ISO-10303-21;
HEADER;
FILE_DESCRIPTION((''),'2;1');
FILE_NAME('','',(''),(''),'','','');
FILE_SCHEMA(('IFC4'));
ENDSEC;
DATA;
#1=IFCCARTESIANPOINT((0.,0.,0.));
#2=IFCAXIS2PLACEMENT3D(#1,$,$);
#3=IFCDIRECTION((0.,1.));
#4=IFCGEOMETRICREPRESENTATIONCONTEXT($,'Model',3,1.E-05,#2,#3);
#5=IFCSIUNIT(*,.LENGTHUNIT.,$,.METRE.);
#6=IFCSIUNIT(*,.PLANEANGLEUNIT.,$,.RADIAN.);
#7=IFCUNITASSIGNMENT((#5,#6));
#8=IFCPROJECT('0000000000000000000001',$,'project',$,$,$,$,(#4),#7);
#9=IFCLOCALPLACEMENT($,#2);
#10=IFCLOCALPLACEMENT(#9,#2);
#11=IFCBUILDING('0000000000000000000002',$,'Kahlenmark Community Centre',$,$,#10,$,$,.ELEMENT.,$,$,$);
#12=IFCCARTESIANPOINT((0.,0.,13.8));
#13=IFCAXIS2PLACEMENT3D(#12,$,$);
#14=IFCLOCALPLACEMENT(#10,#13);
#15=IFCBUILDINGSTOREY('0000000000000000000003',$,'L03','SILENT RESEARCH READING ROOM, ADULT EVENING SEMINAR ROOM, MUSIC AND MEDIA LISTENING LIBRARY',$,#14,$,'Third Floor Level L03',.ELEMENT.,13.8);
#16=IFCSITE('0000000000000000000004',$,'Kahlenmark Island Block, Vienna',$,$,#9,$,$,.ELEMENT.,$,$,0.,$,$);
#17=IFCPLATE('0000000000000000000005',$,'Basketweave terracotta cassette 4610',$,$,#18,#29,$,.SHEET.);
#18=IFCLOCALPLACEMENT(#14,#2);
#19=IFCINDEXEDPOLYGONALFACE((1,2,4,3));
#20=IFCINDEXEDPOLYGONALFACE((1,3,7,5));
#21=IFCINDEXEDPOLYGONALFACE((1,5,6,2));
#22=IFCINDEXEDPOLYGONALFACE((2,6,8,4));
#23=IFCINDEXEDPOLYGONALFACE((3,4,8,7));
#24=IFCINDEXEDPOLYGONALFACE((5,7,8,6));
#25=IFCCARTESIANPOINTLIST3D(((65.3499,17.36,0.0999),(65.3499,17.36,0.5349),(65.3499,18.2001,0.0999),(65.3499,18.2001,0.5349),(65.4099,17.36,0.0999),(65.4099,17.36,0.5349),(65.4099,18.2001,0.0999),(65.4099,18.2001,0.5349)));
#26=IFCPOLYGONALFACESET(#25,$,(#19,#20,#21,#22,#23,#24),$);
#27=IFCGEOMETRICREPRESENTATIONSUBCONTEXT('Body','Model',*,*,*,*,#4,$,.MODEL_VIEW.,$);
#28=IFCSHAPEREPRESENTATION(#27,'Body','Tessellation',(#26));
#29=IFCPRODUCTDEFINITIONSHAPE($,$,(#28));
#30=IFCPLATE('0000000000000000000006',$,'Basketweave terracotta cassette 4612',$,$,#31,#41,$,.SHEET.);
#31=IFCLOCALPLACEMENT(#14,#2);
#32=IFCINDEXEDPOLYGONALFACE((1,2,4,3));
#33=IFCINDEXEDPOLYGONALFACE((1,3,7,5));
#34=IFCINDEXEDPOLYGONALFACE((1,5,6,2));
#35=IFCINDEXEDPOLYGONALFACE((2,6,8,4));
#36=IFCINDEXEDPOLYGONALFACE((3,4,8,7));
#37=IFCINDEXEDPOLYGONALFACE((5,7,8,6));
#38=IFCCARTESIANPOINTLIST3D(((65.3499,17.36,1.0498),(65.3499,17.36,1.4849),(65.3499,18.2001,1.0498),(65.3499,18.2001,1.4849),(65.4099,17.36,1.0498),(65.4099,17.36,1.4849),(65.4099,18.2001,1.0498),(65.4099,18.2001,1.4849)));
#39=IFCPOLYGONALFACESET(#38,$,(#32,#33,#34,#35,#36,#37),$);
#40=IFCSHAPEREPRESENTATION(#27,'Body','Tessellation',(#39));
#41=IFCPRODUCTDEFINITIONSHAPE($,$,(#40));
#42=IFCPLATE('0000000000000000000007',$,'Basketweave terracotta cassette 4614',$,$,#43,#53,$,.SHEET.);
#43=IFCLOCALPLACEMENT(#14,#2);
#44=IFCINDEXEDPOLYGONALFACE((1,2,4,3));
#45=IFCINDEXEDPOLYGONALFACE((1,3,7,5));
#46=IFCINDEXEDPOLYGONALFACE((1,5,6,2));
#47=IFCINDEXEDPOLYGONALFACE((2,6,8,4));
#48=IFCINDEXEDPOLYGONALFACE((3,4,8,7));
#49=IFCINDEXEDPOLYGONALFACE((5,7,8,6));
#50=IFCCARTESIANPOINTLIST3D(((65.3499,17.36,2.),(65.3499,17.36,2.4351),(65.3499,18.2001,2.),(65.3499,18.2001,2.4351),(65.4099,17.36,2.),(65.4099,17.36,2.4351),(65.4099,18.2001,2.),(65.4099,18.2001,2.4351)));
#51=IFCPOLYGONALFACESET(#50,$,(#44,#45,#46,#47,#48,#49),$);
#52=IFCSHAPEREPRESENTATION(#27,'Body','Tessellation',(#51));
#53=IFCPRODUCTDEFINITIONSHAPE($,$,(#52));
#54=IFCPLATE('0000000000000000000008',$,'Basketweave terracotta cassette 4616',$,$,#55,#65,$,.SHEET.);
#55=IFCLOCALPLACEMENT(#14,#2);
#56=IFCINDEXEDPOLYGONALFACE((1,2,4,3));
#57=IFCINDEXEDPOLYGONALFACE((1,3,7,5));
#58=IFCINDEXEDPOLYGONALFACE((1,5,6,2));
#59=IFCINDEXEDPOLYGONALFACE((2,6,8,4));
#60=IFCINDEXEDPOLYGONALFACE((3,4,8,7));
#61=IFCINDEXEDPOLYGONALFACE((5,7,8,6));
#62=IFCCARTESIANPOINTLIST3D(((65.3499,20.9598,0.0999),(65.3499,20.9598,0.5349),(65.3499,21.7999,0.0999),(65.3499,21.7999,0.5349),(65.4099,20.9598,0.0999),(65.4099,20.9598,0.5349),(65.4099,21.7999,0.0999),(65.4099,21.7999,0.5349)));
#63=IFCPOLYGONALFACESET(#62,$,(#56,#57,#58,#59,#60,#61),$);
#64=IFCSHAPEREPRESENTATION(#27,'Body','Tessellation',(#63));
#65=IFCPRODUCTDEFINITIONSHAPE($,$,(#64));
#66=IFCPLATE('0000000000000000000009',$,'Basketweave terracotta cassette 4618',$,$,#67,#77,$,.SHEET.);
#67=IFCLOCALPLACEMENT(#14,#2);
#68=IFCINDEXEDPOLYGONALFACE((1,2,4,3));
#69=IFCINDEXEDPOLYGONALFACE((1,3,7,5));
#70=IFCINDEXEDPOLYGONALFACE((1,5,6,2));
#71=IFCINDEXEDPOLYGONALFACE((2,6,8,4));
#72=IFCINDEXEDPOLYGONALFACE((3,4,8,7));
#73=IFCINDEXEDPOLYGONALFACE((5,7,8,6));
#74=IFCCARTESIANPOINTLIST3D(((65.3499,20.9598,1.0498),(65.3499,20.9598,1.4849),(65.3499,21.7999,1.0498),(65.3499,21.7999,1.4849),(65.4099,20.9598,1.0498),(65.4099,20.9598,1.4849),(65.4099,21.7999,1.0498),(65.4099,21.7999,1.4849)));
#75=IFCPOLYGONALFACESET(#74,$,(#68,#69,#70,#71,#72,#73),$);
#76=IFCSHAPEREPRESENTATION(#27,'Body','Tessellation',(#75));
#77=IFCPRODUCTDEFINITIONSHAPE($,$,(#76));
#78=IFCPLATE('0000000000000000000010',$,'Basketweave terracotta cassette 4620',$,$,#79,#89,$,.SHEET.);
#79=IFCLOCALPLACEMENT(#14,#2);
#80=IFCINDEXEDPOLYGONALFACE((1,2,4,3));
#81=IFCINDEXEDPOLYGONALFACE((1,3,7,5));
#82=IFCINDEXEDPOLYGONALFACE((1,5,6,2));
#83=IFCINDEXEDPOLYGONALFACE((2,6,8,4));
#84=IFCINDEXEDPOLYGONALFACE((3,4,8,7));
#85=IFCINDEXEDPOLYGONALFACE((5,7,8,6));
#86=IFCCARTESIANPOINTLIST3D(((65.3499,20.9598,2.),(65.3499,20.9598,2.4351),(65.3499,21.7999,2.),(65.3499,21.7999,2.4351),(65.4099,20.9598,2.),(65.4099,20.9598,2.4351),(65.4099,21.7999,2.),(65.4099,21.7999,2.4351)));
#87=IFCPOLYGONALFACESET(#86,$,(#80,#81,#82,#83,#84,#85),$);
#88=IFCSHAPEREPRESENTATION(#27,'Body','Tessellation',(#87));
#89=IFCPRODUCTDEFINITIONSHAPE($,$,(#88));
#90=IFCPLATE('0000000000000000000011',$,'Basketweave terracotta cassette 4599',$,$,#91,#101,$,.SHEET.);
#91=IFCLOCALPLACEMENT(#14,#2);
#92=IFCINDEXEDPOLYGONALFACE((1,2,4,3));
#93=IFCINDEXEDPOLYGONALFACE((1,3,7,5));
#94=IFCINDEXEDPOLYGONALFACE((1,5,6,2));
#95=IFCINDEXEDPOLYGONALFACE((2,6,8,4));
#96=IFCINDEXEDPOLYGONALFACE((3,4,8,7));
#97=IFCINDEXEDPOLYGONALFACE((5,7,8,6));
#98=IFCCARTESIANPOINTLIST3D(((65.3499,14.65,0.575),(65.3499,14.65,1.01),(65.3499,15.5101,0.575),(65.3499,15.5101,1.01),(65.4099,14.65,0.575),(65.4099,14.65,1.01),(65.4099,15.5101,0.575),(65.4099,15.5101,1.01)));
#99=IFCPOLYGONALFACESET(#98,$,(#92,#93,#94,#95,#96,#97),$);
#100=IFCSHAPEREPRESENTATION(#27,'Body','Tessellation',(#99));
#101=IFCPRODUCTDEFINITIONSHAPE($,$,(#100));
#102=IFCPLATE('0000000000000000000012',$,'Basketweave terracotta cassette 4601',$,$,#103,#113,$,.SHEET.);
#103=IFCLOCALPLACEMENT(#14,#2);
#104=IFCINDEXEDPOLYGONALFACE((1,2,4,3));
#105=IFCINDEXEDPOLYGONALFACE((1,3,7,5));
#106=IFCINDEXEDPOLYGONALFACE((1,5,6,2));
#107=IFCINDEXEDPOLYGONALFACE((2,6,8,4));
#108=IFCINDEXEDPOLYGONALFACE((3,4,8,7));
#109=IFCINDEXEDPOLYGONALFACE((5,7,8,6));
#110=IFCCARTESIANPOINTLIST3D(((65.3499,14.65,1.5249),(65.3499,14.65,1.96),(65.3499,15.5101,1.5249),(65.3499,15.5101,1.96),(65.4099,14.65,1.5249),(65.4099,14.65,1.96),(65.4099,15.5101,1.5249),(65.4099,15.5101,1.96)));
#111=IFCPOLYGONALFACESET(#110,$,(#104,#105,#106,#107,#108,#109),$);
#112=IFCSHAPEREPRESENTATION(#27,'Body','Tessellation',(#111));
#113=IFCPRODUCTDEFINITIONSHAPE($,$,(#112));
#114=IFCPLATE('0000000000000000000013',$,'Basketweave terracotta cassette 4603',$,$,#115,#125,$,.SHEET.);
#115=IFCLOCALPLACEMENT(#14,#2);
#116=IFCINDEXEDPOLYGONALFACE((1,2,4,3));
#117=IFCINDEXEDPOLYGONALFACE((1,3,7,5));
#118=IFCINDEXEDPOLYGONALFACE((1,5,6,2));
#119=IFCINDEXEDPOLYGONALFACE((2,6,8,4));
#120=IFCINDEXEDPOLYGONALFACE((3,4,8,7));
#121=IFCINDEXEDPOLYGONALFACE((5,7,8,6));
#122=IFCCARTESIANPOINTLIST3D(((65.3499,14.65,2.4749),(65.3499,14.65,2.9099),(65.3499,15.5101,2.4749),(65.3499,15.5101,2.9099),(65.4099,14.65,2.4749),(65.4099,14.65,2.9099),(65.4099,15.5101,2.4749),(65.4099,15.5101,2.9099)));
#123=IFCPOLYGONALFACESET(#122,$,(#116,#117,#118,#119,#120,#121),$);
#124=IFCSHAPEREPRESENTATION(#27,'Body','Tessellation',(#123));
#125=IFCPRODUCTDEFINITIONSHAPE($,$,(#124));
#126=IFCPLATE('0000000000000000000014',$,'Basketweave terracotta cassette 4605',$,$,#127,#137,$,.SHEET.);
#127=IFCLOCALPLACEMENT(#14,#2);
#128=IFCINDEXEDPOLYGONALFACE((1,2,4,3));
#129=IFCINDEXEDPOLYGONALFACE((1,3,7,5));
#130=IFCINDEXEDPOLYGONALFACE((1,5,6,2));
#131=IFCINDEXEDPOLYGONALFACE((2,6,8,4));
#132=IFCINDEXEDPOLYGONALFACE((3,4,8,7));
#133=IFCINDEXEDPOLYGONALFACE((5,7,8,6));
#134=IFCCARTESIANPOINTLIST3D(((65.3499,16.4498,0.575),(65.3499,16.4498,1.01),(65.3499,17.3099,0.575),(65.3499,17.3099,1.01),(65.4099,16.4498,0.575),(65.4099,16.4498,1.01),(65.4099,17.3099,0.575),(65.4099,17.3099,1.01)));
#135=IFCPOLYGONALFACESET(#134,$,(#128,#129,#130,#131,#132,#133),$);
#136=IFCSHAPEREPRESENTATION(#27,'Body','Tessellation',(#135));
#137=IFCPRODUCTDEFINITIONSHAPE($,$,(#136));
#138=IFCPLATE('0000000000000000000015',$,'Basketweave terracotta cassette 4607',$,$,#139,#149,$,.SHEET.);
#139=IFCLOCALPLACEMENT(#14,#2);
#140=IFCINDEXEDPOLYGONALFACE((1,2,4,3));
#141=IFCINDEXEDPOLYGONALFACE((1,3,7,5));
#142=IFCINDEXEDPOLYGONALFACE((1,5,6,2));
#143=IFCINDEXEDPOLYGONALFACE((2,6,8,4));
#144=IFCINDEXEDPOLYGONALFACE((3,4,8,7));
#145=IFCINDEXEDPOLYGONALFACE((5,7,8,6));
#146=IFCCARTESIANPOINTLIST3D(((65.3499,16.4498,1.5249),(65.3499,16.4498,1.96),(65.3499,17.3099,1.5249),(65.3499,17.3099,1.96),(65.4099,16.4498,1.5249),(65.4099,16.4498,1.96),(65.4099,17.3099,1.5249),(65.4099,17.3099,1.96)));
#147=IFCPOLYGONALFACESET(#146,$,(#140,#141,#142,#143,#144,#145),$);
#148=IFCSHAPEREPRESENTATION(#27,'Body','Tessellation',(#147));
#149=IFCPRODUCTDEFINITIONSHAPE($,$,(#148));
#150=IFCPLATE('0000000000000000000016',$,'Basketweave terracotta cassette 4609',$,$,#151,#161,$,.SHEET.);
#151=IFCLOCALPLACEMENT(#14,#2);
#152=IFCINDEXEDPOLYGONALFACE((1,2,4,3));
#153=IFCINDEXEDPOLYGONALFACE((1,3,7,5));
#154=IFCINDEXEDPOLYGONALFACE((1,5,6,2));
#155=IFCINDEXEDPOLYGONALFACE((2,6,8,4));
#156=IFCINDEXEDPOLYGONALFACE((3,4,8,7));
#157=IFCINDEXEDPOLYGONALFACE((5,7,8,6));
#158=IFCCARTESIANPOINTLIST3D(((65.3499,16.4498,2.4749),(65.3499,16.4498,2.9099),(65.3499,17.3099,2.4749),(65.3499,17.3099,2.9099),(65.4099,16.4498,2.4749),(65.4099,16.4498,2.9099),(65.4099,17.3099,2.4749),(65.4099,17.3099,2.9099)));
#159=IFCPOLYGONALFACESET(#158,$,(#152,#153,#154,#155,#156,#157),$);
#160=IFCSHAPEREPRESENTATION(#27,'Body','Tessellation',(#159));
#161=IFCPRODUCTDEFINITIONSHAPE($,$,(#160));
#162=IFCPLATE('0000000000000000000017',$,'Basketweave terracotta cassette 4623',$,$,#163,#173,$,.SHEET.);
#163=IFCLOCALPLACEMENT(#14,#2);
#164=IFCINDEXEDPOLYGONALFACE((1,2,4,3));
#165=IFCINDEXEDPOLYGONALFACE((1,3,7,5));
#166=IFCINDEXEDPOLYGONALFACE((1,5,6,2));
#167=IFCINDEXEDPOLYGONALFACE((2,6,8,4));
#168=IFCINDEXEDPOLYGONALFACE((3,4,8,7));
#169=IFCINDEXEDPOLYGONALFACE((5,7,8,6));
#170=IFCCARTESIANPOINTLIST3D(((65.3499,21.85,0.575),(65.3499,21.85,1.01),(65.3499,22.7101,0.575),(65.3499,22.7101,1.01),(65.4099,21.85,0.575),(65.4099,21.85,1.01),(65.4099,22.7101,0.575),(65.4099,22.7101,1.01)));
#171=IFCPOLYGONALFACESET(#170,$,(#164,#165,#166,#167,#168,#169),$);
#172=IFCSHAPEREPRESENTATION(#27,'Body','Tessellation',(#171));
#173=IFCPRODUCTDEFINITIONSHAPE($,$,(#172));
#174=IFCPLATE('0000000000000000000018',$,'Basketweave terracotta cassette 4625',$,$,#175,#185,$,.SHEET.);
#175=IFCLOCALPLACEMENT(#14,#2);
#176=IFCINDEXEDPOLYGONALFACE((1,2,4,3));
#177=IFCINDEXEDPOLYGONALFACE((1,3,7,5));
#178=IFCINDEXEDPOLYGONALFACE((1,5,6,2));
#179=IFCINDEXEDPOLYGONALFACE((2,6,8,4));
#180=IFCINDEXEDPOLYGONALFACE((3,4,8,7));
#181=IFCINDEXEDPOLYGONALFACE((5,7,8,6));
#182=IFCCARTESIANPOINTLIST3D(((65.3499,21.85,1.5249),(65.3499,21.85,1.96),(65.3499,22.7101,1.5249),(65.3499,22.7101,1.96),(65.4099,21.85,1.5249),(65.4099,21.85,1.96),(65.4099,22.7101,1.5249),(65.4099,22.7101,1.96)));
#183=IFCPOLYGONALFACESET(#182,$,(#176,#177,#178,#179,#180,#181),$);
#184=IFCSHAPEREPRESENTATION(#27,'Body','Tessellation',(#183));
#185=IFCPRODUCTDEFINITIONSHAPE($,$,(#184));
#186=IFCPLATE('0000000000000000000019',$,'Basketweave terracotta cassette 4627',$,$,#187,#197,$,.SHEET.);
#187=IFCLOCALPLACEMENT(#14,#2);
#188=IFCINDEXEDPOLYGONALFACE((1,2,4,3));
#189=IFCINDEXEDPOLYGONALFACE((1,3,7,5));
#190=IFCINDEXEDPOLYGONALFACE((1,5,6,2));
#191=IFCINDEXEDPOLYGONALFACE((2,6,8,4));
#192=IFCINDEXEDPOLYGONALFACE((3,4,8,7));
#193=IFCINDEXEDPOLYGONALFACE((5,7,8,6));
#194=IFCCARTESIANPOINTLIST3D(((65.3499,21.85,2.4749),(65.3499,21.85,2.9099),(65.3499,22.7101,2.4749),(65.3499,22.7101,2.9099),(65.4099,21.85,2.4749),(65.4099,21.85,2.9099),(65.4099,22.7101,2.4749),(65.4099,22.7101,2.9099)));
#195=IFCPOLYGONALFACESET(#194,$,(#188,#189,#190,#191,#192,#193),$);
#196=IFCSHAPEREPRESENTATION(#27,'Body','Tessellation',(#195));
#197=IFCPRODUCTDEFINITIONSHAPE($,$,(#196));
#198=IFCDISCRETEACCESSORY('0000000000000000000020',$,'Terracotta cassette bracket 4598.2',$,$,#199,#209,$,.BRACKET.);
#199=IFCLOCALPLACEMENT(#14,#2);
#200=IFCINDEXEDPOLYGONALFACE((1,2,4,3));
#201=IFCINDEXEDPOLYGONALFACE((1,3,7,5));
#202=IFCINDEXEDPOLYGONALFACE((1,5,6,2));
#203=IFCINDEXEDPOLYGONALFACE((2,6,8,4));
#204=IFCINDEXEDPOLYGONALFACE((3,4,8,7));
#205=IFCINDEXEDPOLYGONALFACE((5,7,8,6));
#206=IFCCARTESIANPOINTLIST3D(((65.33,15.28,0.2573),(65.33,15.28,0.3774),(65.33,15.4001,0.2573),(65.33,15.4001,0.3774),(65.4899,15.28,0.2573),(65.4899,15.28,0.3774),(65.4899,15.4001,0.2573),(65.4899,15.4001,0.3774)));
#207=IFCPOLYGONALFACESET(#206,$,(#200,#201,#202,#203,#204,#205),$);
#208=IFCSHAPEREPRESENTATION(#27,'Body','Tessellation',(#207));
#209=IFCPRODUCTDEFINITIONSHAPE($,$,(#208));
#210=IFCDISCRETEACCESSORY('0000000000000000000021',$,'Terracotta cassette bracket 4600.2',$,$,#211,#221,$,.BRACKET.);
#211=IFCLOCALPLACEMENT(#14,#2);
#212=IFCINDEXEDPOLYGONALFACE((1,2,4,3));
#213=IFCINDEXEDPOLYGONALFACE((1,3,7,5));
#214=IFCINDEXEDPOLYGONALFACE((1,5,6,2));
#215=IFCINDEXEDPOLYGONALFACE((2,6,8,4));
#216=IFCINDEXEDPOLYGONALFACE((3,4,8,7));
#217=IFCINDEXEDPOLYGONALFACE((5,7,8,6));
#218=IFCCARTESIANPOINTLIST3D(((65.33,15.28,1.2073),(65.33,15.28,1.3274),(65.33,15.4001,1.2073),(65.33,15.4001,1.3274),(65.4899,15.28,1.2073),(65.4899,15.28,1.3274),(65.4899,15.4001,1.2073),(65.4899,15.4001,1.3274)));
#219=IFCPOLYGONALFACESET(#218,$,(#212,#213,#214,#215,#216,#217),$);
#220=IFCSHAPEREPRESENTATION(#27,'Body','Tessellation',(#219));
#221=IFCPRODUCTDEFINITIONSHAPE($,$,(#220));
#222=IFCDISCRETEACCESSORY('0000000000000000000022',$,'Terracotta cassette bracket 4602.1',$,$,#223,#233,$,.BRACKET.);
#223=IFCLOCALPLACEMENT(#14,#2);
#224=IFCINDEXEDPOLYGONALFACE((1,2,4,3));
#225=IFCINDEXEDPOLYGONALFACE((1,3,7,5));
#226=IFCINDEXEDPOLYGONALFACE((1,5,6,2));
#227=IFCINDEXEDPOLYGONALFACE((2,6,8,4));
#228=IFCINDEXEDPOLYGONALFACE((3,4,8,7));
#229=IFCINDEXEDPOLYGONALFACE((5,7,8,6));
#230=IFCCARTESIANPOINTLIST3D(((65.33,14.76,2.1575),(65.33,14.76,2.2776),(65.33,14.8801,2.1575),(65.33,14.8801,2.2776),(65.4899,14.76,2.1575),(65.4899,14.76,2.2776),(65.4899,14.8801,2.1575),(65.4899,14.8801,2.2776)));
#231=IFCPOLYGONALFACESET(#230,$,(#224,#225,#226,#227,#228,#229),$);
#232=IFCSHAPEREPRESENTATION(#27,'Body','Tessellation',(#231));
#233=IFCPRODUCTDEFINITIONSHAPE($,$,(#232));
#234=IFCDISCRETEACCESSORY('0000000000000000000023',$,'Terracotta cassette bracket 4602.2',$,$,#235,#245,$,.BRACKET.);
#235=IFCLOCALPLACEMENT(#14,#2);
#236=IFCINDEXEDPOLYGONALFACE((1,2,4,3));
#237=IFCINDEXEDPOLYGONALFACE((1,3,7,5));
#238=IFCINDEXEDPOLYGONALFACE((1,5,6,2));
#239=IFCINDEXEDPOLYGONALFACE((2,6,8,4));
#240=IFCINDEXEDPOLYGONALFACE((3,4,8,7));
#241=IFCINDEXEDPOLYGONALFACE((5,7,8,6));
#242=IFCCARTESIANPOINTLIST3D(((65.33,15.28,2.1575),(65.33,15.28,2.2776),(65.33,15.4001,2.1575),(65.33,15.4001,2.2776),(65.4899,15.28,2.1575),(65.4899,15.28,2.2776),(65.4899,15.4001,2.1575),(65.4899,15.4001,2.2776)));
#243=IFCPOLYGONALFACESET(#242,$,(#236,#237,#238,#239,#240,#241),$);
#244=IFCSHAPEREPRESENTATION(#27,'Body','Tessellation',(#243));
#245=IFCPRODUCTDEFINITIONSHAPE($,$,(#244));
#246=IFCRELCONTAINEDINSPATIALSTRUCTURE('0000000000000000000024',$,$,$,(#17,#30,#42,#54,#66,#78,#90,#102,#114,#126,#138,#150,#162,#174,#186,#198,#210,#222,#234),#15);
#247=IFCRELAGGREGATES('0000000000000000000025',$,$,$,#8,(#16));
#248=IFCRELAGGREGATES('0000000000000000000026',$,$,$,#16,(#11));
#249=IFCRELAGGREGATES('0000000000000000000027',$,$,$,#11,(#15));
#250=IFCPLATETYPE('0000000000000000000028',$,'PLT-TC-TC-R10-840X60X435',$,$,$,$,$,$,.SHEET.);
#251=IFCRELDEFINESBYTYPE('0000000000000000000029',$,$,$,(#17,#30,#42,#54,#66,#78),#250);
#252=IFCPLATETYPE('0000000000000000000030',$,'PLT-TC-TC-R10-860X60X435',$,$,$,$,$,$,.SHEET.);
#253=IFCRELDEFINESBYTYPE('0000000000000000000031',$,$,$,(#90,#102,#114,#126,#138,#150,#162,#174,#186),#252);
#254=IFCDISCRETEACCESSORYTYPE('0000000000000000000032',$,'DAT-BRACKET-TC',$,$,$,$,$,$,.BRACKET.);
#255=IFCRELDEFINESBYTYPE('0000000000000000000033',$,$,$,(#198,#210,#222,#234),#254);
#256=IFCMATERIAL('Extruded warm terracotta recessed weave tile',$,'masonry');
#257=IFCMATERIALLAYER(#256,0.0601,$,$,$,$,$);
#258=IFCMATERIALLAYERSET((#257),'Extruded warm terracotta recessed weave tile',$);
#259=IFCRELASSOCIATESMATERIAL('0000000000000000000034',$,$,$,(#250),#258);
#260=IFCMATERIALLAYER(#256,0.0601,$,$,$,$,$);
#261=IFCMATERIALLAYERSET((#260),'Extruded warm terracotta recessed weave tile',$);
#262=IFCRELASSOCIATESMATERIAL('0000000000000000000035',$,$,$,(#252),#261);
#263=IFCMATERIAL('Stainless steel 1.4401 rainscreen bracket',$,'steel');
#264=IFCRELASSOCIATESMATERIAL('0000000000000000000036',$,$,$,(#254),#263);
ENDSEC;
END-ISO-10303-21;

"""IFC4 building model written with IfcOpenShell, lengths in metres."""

from ifc_helpers import new_model, si_unit, direction, frame, origin, origin_2d, place, context, subcontext, project, spatial, rectangle, extrude, material, layer, layer_set, type_object, element, save


model = new_model("IFC4")

# Units and contexts
model_context = context("Model", 3, precision=1e-05, world=origin(), true_north=direction((0.0, 1.0)))
body_context = subcontext(model_context, "Body", "Model", "MODEL_VIEW")
ifc_project = project(units=[si_unit("LENGTHUNIT", "METRE"), si_unit("PLANEANGLEUNIT", "RADIAN")], contexts=[model_context])

# Site, building, storey
site_placement = place(None, origin())
site = spatial("IfcSite", under=ifc_project, at=site_placement, Name="Kahlenmark Island Block, Vienna", CompositionType="ELEMENT", RefElevation=0.0)
building_placement = place(site_placement, origin())
building = spatial("IfcBuilding", under=site, at=building_placement, Name="Kahlenmark Community Centre", CompositionType="ELEMENT")
storey_placement = place(building_placement, frame((0.0, 0.0, 13.8)))
storey = spatial("IfcBuildingStorey", under=building, at=storey_placement, Name="L03", Description="SILENT RESEARCH READING ROOM, ADULT EVENING SEMINAR ROOM, MUSIC AND MEDIA LISTENING LIBRARY", LongName="Third Floor Level L03", CompositionType="ELEMENT", Elevation=13.8)

# Plates
ifc_material_1 = material(Name="Extruded warm terracotta recessed weave tile", Category="masonry")
ifc_layer_1 = layer(ifc_material_1, 0.0601)
ifc_layer_set_1 = layer_set([ifc_layer_1], Name="Extruded warm terracotta recessed weave tile")
plate_type_1 = type_object("IfcPlateType", Name="PLT-TC-TC-R10-840X60X435", PredefinedType="SHEET", material=ifc_layer_set_1)
for number, where, z_axis, x_axis, name in (
    (1, (65.3799, 17.78, 0.0999), (0.0, 0.0, 1.0), (0.0, 1.0, 0.0), "Basketweave terracotta cassette 4610"),
    (2, (65.3799, 17.78, 1.0498), (0.0, 0.0, 1.0), (0.0, 1.0, 0.0), "Basketweave terracotta cassette 4612"),
    (3, (65.3799, 17.78, 2.0), (0.0, 0.0, 1.0), (0.0, 1.0, 0.0), "Basketweave terracotta cassette 4614"),
    (4, (65.3799, 21.3799, 0.0999), (0.0, 0.0, 1.0), (0.0, 1.0, 0.0), "Basketweave terracotta cassette 4616"),
    (5, (65.3799, 21.3799, 1.0498), (0.0, 0.0, 1.0), (0.0, 1.0, 0.0), "Basketweave terracotta cassette 4618"),
    (6, (65.3799, 21.3799, 2.0), (0.0, 0.0, 1.0), (0.0, 1.0, 0.0), "Basketweave terracotta cassette 4620"),
):
    element("IfcPlate", number, at=place(storey_placement, frame(where, z_axis=z_axis, x_axis=x_axis)), inside=storey, type_object=plate_type_1, Name=name, PredefinedType="SHEET", context=body_context, shape_type="SweptSolid", body=[
        extrude(rectangle(XDim=0.8401, YDim=0.0601, at=origin_2d()), origin(), (0.0, 0.0, 1.0), 0.4351),
    ])
ifc_layer_2 = layer(ifc_material_1, 0.0601)
ifc_layer_set_2 = layer_set([ifc_layer_2], Name="Extruded warm terracotta recessed weave tile")
plate_type_2 = type_object("IfcPlateType", Name="PLT-TC-TC-R10-860X60X435", PredefinedType="SHEET", material=ifc_layer_set_2)
for number, where, z_axis, x_axis, name in (
    (7, (65.3799, 15.0801, 0.575), (0.0, 0.0, 1.0), (0.0, 1.0, 0.0), "Basketweave terracotta cassette 4599"),
    (8, (65.3799, 15.0801, 1.5249), (0.0, 0.0, 1.0), (0.0, 1.0, 0.0), "Basketweave terracotta cassette 4601"),
    (9, (65.3799, 15.0801, 2.4749), (0.0, 0.0, 1.0), (0.0, 1.0, 0.0), "Basketweave terracotta cassette 4603"),
    (10, (65.3799, 16.8799, 0.575), (0.0, 0.0, 1.0), (0.0, 1.0, 0.0), "Basketweave terracotta cassette 4605"),
    (11, (65.3799, 16.8799, 1.5249), (0.0, 0.0, 1.0), (0.0, 1.0, 0.0), "Basketweave terracotta cassette 4607"),
    (12, (65.3799, 16.8799, 2.4749), (0.0, 0.0, 1.0), (0.0, 1.0, 0.0), "Basketweave terracotta cassette 4609"),
    (13, (65.3799, 22.28, 0.575), (0.0, 0.0, 1.0), (0.0, 1.0, 0.0), "Basketweave terracotta cassette 4623"),
    (14, (65.3799, 22.28, 1.5249), (0.0, 0.0, 1.0), (0.0, 1.0, 0.0), "Basketweave terracotta cassette 4625"),
    (15, (65.3799, 22.28, 2.4749), (0.0, 0.0, 1.0), (0.0, 1.0, 0.0), "Basketweave terracotta cassette 4627"),
):
    element("IfcPlate", number, at=place(storey_placement, frame(where, z_axis=z_axis, x_axis=x_axis)), inside=storey, type_object=plate_type_2, Name=name, PredefinedType="SHEET", context=body_context, shape_type="SweptSolid", body=[
        extrude(rectangle(XDim=0.8601, YDim=0.0601, at=origin_2d()), origin(), (0.0, 0.0, 1.0), 0.4351),
    ])

# Discrete accessories
ifc_material_2 = material(Name="Stainless steel 1.4401 rainscreen bracket", Category="steel")
discrete_accessory_type = type_object("IfcDiscreteAccessoryType", Name="DAT-BRACKET-TC", PredefinedType="BRACKET", material=ifc_material_2)
for number, where, z_axis, x_axis, name in (
    (16, (65.4099, 15.3401, 0.2573), (0.0, 0.0, 1.0), (0.0, 1.0, 0.0), "Terracotta cassette bracket 4598.2"),
    (17, (65.4099, 15.3401, 1.2073), (0.0, 0.0, 1.0), (0.0, 1.0, 0.0), "Terracotta cassette bracket 4600.2"),
    (18, (65.4099, 14.8201, 2.1575), (0.0, 0.0, 1.0), (0.0, 1.0, 0.0), "Terracotta cassette bracket 4602.1"),
    (19, (65.4099, 15.3401, 2.1575), (0.0, 0.0, 1.0), (0.0, 1.0, 0.0), "Terracotta cassette bracket 4602.2"),
):
    element("IfcDiscreteAccessory", number, at=place(storey_placement, frame(where, z_axis=z_axis, x_axis=x_axis)), inside=storey, type_object=discrete_accessory_type, Name=name, PredefinedType="BRACKET", context=body_context, shape_type="SweptSolid", body=[
        extrude(rectangle(XDim=0.1201, YDim=0.1599, at=origin_2d()), origin(), (0.0, 0.0, 1.0), 0.1201),
    ])

save(model, "model.ifc")
